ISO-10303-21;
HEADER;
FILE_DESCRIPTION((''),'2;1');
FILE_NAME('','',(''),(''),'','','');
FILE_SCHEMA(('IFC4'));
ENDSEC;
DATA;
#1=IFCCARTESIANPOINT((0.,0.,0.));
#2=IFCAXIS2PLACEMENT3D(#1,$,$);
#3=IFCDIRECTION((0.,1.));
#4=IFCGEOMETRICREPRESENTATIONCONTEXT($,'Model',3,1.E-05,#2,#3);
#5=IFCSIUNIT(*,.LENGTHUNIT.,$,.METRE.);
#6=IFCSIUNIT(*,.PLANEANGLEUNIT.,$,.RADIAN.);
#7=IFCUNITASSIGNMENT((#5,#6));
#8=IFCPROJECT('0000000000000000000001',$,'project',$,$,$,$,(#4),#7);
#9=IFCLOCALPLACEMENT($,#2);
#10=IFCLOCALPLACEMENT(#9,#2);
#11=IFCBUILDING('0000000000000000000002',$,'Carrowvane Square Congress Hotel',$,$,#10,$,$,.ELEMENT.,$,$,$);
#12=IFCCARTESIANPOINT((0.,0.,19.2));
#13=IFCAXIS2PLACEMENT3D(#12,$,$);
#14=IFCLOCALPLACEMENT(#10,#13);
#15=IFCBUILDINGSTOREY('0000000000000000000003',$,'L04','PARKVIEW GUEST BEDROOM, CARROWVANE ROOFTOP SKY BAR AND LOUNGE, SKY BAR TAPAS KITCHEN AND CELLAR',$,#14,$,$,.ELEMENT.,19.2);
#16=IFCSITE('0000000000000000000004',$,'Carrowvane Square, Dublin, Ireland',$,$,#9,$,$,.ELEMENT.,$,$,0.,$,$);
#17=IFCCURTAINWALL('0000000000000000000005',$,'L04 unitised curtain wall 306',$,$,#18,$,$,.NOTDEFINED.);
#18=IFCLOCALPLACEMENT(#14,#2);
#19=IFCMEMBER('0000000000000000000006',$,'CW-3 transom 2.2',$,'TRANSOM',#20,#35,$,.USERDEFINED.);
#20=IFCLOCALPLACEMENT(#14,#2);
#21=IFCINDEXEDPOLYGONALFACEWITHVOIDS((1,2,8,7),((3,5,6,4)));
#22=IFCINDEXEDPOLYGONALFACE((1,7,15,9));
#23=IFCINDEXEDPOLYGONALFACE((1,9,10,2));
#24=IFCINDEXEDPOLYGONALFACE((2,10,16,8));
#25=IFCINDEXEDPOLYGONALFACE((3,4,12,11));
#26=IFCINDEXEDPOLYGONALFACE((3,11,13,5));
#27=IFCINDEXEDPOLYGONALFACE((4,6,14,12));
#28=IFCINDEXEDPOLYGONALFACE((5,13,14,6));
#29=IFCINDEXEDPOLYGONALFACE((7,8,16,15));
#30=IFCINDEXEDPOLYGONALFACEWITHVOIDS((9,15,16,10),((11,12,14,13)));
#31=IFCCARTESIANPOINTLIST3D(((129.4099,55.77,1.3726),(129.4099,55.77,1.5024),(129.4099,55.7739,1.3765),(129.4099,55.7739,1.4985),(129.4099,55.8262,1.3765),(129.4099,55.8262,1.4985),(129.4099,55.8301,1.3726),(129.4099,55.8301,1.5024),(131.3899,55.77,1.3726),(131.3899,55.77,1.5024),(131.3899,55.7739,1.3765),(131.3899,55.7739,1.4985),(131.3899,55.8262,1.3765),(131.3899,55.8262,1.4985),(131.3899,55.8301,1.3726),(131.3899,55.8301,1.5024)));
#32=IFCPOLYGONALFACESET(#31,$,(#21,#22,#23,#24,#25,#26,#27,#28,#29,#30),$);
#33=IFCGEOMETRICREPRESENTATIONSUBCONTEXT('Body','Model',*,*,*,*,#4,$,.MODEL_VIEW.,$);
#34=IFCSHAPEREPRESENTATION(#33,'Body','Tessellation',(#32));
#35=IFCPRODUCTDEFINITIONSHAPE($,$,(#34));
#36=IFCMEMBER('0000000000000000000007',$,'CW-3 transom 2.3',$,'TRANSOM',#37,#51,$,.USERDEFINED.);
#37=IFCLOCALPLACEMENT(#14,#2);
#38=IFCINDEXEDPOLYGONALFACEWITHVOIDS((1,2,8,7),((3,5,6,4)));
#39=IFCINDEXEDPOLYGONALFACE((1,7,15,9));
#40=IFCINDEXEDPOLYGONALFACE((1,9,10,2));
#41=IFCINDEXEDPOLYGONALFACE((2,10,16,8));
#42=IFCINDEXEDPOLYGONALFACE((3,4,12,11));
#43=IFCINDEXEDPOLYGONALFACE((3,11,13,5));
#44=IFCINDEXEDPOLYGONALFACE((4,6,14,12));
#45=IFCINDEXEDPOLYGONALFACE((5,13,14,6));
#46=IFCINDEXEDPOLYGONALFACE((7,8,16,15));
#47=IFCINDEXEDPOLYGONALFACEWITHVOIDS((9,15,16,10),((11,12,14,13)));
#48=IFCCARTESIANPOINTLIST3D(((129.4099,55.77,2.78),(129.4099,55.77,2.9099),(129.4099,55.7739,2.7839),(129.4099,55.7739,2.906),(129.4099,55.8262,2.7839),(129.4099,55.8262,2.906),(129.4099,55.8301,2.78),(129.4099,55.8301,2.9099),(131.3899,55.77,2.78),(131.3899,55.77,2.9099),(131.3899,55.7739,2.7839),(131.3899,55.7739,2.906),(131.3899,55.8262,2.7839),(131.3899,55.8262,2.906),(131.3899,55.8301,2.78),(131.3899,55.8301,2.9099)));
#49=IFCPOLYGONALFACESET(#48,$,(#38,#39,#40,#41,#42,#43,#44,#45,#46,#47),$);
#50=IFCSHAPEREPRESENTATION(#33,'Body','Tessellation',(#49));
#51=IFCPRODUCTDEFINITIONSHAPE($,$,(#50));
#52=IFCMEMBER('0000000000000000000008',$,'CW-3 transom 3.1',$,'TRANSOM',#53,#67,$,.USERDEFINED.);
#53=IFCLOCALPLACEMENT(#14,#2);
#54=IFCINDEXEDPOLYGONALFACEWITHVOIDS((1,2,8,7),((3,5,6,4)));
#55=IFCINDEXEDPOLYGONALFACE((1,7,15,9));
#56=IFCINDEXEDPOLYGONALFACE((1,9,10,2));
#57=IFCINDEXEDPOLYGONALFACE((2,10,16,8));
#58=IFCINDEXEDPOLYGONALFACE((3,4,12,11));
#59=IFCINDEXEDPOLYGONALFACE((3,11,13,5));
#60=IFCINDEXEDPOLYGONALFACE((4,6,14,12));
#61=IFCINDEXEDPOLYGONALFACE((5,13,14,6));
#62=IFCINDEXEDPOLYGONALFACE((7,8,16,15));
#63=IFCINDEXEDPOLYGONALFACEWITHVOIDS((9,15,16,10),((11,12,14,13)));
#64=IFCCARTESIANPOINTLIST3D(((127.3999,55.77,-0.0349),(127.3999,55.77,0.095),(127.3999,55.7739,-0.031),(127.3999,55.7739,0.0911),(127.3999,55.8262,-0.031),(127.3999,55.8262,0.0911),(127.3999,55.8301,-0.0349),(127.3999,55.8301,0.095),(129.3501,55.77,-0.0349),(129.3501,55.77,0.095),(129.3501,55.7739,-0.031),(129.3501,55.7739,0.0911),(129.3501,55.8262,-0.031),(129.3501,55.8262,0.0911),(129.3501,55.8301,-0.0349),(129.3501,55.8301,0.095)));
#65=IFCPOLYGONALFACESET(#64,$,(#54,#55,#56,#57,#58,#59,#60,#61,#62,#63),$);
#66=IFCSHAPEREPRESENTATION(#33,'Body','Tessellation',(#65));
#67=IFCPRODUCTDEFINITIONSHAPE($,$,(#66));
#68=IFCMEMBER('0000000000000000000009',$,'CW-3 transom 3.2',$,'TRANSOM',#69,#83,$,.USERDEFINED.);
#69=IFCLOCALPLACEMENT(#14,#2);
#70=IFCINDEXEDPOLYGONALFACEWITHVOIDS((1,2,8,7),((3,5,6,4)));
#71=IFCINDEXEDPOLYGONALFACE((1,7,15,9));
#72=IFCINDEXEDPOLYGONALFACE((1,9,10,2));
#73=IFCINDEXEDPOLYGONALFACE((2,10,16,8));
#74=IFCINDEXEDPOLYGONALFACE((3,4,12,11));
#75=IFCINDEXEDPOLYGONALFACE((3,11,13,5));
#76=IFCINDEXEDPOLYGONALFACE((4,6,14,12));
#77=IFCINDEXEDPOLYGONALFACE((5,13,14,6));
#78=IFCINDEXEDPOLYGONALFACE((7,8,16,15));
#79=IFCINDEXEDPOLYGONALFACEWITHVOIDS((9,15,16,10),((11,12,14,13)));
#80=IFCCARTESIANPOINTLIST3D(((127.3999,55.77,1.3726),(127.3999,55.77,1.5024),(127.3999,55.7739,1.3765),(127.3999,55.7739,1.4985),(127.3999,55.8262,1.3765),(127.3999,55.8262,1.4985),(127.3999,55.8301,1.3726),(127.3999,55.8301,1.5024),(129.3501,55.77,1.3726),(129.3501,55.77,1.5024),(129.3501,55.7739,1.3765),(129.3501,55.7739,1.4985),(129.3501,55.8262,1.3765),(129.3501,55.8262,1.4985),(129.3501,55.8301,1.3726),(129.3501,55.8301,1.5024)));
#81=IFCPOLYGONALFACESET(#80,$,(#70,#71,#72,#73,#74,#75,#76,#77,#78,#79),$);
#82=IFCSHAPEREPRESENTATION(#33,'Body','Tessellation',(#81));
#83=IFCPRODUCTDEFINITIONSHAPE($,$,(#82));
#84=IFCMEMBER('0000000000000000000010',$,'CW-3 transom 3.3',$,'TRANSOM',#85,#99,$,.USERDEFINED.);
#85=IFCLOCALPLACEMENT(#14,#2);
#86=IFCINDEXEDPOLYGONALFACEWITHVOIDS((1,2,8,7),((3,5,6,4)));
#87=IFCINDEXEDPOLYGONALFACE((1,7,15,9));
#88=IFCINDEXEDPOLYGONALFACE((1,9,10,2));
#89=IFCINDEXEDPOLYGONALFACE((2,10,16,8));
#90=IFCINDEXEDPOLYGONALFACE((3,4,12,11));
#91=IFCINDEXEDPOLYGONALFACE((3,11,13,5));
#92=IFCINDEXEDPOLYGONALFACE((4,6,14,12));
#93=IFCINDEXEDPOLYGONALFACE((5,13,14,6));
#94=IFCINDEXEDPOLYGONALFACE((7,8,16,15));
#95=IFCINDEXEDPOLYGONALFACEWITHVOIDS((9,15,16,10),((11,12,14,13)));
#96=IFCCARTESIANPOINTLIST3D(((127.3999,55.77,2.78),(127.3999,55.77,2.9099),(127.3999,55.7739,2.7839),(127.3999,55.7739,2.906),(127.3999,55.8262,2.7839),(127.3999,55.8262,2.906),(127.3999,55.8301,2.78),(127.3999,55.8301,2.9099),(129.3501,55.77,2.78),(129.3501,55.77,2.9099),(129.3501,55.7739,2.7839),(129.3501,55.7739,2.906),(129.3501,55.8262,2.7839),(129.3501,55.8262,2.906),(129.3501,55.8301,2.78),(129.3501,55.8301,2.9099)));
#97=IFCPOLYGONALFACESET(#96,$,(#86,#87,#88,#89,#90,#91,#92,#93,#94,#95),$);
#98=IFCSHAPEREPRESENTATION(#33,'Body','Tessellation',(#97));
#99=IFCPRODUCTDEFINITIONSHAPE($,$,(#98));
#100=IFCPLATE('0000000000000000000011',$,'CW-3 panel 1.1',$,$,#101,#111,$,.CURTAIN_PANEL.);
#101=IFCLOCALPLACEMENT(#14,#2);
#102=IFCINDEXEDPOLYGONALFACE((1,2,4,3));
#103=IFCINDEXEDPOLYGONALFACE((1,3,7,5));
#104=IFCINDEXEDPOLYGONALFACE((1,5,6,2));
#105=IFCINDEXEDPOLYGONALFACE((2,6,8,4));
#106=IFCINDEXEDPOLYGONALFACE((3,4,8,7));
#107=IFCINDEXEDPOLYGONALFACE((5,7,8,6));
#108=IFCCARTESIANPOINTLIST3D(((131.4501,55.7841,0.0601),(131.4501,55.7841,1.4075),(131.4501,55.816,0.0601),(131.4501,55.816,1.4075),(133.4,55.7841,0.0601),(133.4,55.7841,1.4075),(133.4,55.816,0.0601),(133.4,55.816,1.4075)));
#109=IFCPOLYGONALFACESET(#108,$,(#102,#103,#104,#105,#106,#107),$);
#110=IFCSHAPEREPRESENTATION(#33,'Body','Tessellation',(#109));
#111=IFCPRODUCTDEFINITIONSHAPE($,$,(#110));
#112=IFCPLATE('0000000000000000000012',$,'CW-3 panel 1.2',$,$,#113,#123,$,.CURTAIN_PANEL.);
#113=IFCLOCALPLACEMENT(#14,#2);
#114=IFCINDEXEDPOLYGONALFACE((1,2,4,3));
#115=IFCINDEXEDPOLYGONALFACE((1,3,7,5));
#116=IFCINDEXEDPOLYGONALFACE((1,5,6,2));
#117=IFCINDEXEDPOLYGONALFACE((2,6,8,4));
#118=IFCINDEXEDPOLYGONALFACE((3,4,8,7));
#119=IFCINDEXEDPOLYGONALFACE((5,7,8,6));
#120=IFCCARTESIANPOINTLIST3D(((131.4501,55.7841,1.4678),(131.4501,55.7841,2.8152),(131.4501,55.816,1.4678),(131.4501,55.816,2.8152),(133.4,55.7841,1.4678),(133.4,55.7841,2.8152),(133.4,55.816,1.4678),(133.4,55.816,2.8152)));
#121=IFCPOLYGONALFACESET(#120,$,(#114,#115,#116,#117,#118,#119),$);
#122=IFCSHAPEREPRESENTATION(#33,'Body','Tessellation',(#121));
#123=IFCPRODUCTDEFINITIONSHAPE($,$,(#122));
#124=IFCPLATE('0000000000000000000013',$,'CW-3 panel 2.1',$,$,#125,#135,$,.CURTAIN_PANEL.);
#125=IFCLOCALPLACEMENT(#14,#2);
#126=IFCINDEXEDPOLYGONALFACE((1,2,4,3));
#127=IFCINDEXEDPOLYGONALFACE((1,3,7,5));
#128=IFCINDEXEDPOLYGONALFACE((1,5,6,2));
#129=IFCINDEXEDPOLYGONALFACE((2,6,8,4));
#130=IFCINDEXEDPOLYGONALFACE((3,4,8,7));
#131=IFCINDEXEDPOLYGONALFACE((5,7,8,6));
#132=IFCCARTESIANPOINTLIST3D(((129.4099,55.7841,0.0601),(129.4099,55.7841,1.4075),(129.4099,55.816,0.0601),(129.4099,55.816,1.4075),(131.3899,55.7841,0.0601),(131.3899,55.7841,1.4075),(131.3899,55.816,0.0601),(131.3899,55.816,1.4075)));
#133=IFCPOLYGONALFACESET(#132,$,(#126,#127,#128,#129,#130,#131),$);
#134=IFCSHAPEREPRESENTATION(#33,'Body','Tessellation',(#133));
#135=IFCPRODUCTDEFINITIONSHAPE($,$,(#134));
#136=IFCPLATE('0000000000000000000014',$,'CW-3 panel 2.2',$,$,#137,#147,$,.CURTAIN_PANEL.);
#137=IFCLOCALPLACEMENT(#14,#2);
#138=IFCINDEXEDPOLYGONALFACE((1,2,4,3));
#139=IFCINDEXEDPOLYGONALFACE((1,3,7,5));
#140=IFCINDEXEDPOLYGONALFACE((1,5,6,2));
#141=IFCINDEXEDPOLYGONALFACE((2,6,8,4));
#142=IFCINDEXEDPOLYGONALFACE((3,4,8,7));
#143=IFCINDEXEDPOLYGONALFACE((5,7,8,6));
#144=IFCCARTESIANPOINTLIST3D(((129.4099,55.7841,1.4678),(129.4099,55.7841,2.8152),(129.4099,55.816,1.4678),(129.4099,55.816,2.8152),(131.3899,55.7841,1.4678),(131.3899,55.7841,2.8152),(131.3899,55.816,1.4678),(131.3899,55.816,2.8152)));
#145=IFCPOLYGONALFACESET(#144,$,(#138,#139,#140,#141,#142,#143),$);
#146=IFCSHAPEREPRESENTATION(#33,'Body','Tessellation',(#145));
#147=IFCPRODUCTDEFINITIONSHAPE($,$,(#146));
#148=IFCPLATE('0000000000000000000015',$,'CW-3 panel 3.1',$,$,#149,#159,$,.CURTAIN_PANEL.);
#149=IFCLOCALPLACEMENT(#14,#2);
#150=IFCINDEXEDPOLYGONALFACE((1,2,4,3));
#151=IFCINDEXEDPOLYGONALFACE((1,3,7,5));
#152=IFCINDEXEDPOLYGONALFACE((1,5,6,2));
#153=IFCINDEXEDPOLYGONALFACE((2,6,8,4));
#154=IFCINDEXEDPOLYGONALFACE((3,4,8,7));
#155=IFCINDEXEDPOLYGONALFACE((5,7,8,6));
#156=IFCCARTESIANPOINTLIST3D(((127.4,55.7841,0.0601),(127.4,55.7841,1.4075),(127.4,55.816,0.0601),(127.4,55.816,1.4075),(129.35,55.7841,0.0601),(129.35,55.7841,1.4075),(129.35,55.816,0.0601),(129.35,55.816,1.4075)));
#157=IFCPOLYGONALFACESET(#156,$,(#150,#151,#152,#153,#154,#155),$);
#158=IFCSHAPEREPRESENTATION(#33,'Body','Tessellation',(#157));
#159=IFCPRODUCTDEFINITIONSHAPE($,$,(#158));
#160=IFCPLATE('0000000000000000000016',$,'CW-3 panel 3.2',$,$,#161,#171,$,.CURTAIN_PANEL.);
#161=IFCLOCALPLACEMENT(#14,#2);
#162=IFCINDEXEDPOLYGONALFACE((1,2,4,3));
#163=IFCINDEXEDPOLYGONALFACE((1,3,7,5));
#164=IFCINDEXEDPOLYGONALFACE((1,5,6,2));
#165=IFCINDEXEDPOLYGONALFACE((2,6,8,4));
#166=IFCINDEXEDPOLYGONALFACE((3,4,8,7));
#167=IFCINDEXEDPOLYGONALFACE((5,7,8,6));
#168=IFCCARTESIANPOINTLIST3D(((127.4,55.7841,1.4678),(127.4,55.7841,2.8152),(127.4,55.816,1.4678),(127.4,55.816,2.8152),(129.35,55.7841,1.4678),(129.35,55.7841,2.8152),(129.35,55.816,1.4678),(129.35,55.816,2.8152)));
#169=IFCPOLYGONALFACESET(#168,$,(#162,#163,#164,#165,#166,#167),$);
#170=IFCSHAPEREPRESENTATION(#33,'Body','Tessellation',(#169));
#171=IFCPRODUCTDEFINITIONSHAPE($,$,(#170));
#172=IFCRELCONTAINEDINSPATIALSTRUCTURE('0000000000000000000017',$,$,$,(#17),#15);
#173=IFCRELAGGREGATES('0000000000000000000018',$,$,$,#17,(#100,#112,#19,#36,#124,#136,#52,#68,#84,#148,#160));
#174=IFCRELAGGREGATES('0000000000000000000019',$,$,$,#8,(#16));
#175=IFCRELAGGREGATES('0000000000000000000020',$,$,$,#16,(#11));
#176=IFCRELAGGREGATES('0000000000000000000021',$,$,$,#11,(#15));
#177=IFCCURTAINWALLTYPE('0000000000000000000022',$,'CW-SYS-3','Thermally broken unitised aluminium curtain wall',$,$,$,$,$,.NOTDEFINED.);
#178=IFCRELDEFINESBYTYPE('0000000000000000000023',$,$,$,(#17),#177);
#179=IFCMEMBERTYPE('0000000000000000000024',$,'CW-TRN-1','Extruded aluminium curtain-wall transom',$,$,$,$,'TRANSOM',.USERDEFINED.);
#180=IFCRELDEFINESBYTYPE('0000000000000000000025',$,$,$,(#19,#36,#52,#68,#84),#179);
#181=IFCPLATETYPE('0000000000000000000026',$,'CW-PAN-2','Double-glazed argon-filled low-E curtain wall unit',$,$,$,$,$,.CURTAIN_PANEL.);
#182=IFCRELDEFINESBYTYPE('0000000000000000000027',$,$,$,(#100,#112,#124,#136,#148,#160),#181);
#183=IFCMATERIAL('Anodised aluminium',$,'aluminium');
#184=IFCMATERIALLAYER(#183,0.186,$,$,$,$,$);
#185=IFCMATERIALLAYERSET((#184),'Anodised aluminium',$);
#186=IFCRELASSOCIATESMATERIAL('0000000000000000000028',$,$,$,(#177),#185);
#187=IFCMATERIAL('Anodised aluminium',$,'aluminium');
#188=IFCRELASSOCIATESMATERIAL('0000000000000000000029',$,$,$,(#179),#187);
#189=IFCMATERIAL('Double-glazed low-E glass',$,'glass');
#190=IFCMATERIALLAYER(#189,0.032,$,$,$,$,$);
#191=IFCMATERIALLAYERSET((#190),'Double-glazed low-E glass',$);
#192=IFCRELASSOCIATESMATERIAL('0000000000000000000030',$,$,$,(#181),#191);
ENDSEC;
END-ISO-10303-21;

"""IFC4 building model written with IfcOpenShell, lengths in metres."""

from ifc_helpers import new_model, si_unit, direction, frame, origin, origin_2d, place, context, subcontext, project, spatial, rectangle, hollow_rectangle, extrude, material, layer, layer_set, material_profile, profile_set, type_object, element, aggregate, save


model = new_model("IFC4")

# Units and contexts
model_context = context("Model", 3, precision=1e-05, world=origin(), true_north=direction((0.0, 1.0)))
body_context = subcontext(model_context, "Body", "Model", "MODEL_VIEW")
ifc_project = project(units=[si_unit("LENGTHUNIT", "METRE"), si_unit("PLANEANGLEUNIT", "RADIAN")], contexts=[model_context])

# Site, building, storey
site_placement = place(None, origin())
site = spatial("IfcSite", under=ifc_project, at=site_placement, Name="Carrowvane Square, Dublin, Ireland", CompositionType="ELEMENT", RefElevation=0.0)
building_placement = place(site_placement, origin())
building = spatial("IfcBuilding", under=site, at=building_placement, Name="Carrowvane Square Congress Hotel", CompositionType="ELEMENT")
storey_placement = place(building_placement, frame((0.0, 0.0, 19.2)))
storey = spatial("IfcBuildingStorey", under=building, at=storey_placement, Name="L04", Description="PARKVIEW GUEST BEDROOM, CARROWVANE ROOFTOP SKY BAR AND LOUNGE, SKY BAR TAPAS KITCHEN AND CELLAR", CompositionType="ELEMENT", Elevation=19.2)

# Curtain wall, members, plates
ifc_material_1 = material(Name="Anodised aluminium", Category="aluminium")
ifc_layer_1 = layer(ifc_material_1, 0.186)
ifc_layer_set_1 = layer_set([ifc_layer_1], Name="Anodised aluminium")
curtain_wall_type = type_object("IfcCurtainWallType", Name="CW-SYS-3", Description="Thermally broken unitised aluminium curtain wall", PredefinedType="NOTDEFINED", material=ifc_layer_set_1)
curtain_wall_placement = place(storey_placement, origin())
curtain_wall = element("IfcCurtainWall", 1, at=curtain_wall_placement, inside=storey, type_object=curtain_wall_type, Name="L04 unitised curtain wall 306", PredefinedType="NOTDEFINED")
ifc_material_2 = material(Name="Anodised aluminium", Category="aluminium")
ifc_material_profile_1 = material_profile(ifc_material_2, hollow_rectangle(XDim=0.0601, YDim=0.1299, WallThickness=0.0039, at=origin_2d()), Name="CW-TR 60x130x4")
ifc_profile_set_1 = profile_set([ifc_material_profile_1], Name="Anodised aluminium")
member_type_1 = type_object("IfcMemberType", Name="CW-TRN-1", Description="Extruded aluminium curtain-wall transom", ElementType="TRANSOM", PredefinedType="USERDEFINED", material=ifc_profile_set_1)
member_1_placement = place(storey_placement, frame((131.3899, 55.8, 1.4375), z_axis=(-1.0, 0.0, 0.0), x_axis=(0.0, -1.0, 0.0)))
member_1 = element("IfcMember", 2, at=member_1_placement, type_object=member_type_1, Name="CW-3 transom 2.2", ObjectType="TRANSOM", PredefinedType="USERDEFINED", context=body_context, shape_type="SweptSolid", body=[
    extrude(hollow_rectangle(XDim=0.0601, YDim=0.1299, WallThickness=0.0039, at=origin_2d()), origin(), (0.0, 0.0, 1.0), 1.98),
])
member_2_placement = place(storey_placement, frame((131.3899, 55.8, 2.845), z_axis=(-1.0, 0.0, 0.0), x_axis=(0.0, -1.0, 0.0)))
member_2 = element("IfcMember", 3, at=member_2_placement, type_object=member_type_1, Name="CW-3 transom 2.3", ObjectType="TRANSOM", PredefinedType="USERDEFINED", context=body_context, shape_type="SweptSolid", body=[
    extrude(hollow_rectangle(XDim=0.0601, YDim=0.1299, WallThickness=0.0039, at=origin_2d()), origin(), (0.0, 0.0, 1.0), 1.98),
])
member_3_placement = place(storey_placement, frame((129.3501, 55.8, 0.03), z_axis=(-1.0, 0.0, 0.0), x_axis=(0.0, -1.0, 0.0)))
member_3 = element("IfcMember", 4, at=member_3_placement, type_object=member_type_1, Name="CW-3 transom 3.1", ObjectType="TRANSOM", PredefinedType="USERDEFINED", context=body_context, shape_type="SweptSolid", body=[
    extrude(hollow_rectangle(XDim=0.0601, YDim=0.1299, WallThickness=0.0039, at=origin_2d()), origin(), (0.0, 0.0, 1.0), 1.9502),
])
member_4_placement = place(storey_placement, frame((129.3501, 55.8, 1.4375), z_axis=(-1.0, 0.0, 0.0), x_axis=(0.0, -1.0, 0.0)))
member_4 = element("IfcMember", 5, at=member_4_placement, type_object=member_type_1, Name="CW-3 transom 3.2", ObjectType="TRANSOM", PredefinedType="USERDEFINED", context=body_context, shape_type="SweptSolid", body=[
    extrude(hollow_rectangle(XDim=0.0601, YDim=0.1299, WallThickness=0.0039, at=origin_2d()), origin(), (0.0, 0.0, 1.0), 1.9502),
])
member_5_placement = place(storey_placement, frame((129.3501, 55.8, 2.845), z_axis=(-1.0, 0.0, 0.0), x_axis=(0.0, -1.0, 0.0)))
member_5 = element("IfcMember", 6, at=member_5_placement, type_object=member_type_1, Name="CW-3 transom 3.3", ObjectType="TRANSOM", PredefinedType="USERDEFINED", context=body_context, shape_type="SweptSolid", body=[
    extrude(hollow_rectangle(XDim=0.0601, YDim=0.1299, WallThickness=0.0039, at=origin_2d()), origin(), (0.0, 0.0, 1.0), 1.9502),
])
ifc_material_3 = material(Name="Double-glazed low-E glass", Category="glass")
ifc_layer_2 = layer(ifc_material_3, 0.032)
ifc_layer_set_2 = layer_set([ifc_layer_2], Name="Double-glazed low-E glass")
plate_type = type_object("IfcPlateType", Name="CW-PAN-2", Description="Double-glazed argon-filled low-E curtain wall unit", PredefinedType="CURTAIN_PANEL", material=ifc_layer_set_2)
plate_1_placement = place(storey_placement, frame((132.425, 55.8, 0.0601), z_axis=(0.0, 0.0, 1.0), x_axis=(-1.0, 0.0, 0.0)))
plate_1 = element("IfcPlate", 7, at=plate_1_placement, type_object=plate_type, Name="CW-3 panel 1.1", PredefinedType="CURTAIN_PANEL", context=body_context, shape_type="SweptSolid", body=[
    extrude(rectangle(XDim=1.95, YDim=0.032, at=origin_2d()), origin(), (0.0, 0.0, 1.0), 1.3474),
])
plate_2_placement = place(storey_placement, frame((132.425, 55.8, 1.4678), z_axis=(0.0, 0.0, 1.0), x_axis=(-1.0, 0.0, 0.0)))
plate_2 = element("IfcPlate", 8, at=plate_2_placement, type_object=plate_type, Name="CW-3 panel 1.2", PredefinedType="CURTAIN_PANEL", context=body_context, shape_type="SweptSolid", body=[
    extrude(rectangle(XDim=1.95, YDim=0.032, at=origin_2d()), origin(), (0.0, 0.0, 1.0), 1.3474),
])
plate_3_placement = place(storey_placement, frame((130.3999, 55.8, 0.0601), z_axis=(0.0, 0.0, 1.0), x_axis=(-1.0, 0.0, 0.0)))
plate_3 = element("IfcPlate", 9, at=plate_3_placement, type_object=plate_type, Name="CW-3 panel 2.1", PredefinedType="CURTAIN_PANEL", context=body_context, shape_type="SweptSolid", body=[
    extrude(rectangle(XDim=1.98, YDim=0.032, at=origin_2d()), origin(), (0.0, 0.0, 1.0), 1.3474),
])
plate_4_placement = place(storey_placement, frame((130.3999, 55.8, 1.4678), z_axis=(0.0, 0.0, 1.0), x_axis=(-1.0, 0.0, 0.0)))
plate_4 = element("IfcPlate", 10, at=plate_4_placement, type_object=plate_type, Name="CW-3 panel 2.2", PredefinedType="CURTAIN_PANEL", context=body_context, shape_type="SweptSolid", body=[
    extrude(rectangle(XDim=1.98, YDim=0.032, at=origin_2d()), origin(), (0.0, 0.0, 1.0), 1.3474),
])
plate_5_placement = place(storey_placement, frame((128.375, 55.8, 0.0601), z_axis=(0.0, 0.0, 1.0), x_axis=(-1.0, 0.0, 0.0)))
plate_5 = element("IfcPlate", 11, at=plate_5_placement, type_object=plate_type, Name="CW-3 panel 3.1", PredefinedType="CURTAIN_PANEL", context=body_context, shape_type="SweptSolid", body=[
    extrude(rectangle(XDim=1.95, YDim=0.032, at=origin_2d()), origin(), (0.0, 0.0, 1.0), 1.3474),
])
plate_6_placement = place(storey_placement, frame((128.375, 55.8, 1.4678), z_axis=(0.0, 0.0, 1.0), x_axis=(-1.0, 0.0, 0.0)))
plate_6 = element("IfcPlate", 12, at=plate_6_placement, type_object=plate_type, Name="CW-3 panel 3.2", PredefinedType="CURTAIN_PANEL", context=body_context, shape_type="SweptSolid", body=[
    extrude(rectangle(XDim=1.95, YDim=0.032, at=origin_2d()), origin(), (0.0, 0.0, 1.0), 1.3474),
])
aggregate(curtain_wall, [plate_1, plate_2, member_1, member_2, plate_3, plate_4, member_3, member_4, member_5, plate_5, plate_6])

save(model, "model.ifc")
